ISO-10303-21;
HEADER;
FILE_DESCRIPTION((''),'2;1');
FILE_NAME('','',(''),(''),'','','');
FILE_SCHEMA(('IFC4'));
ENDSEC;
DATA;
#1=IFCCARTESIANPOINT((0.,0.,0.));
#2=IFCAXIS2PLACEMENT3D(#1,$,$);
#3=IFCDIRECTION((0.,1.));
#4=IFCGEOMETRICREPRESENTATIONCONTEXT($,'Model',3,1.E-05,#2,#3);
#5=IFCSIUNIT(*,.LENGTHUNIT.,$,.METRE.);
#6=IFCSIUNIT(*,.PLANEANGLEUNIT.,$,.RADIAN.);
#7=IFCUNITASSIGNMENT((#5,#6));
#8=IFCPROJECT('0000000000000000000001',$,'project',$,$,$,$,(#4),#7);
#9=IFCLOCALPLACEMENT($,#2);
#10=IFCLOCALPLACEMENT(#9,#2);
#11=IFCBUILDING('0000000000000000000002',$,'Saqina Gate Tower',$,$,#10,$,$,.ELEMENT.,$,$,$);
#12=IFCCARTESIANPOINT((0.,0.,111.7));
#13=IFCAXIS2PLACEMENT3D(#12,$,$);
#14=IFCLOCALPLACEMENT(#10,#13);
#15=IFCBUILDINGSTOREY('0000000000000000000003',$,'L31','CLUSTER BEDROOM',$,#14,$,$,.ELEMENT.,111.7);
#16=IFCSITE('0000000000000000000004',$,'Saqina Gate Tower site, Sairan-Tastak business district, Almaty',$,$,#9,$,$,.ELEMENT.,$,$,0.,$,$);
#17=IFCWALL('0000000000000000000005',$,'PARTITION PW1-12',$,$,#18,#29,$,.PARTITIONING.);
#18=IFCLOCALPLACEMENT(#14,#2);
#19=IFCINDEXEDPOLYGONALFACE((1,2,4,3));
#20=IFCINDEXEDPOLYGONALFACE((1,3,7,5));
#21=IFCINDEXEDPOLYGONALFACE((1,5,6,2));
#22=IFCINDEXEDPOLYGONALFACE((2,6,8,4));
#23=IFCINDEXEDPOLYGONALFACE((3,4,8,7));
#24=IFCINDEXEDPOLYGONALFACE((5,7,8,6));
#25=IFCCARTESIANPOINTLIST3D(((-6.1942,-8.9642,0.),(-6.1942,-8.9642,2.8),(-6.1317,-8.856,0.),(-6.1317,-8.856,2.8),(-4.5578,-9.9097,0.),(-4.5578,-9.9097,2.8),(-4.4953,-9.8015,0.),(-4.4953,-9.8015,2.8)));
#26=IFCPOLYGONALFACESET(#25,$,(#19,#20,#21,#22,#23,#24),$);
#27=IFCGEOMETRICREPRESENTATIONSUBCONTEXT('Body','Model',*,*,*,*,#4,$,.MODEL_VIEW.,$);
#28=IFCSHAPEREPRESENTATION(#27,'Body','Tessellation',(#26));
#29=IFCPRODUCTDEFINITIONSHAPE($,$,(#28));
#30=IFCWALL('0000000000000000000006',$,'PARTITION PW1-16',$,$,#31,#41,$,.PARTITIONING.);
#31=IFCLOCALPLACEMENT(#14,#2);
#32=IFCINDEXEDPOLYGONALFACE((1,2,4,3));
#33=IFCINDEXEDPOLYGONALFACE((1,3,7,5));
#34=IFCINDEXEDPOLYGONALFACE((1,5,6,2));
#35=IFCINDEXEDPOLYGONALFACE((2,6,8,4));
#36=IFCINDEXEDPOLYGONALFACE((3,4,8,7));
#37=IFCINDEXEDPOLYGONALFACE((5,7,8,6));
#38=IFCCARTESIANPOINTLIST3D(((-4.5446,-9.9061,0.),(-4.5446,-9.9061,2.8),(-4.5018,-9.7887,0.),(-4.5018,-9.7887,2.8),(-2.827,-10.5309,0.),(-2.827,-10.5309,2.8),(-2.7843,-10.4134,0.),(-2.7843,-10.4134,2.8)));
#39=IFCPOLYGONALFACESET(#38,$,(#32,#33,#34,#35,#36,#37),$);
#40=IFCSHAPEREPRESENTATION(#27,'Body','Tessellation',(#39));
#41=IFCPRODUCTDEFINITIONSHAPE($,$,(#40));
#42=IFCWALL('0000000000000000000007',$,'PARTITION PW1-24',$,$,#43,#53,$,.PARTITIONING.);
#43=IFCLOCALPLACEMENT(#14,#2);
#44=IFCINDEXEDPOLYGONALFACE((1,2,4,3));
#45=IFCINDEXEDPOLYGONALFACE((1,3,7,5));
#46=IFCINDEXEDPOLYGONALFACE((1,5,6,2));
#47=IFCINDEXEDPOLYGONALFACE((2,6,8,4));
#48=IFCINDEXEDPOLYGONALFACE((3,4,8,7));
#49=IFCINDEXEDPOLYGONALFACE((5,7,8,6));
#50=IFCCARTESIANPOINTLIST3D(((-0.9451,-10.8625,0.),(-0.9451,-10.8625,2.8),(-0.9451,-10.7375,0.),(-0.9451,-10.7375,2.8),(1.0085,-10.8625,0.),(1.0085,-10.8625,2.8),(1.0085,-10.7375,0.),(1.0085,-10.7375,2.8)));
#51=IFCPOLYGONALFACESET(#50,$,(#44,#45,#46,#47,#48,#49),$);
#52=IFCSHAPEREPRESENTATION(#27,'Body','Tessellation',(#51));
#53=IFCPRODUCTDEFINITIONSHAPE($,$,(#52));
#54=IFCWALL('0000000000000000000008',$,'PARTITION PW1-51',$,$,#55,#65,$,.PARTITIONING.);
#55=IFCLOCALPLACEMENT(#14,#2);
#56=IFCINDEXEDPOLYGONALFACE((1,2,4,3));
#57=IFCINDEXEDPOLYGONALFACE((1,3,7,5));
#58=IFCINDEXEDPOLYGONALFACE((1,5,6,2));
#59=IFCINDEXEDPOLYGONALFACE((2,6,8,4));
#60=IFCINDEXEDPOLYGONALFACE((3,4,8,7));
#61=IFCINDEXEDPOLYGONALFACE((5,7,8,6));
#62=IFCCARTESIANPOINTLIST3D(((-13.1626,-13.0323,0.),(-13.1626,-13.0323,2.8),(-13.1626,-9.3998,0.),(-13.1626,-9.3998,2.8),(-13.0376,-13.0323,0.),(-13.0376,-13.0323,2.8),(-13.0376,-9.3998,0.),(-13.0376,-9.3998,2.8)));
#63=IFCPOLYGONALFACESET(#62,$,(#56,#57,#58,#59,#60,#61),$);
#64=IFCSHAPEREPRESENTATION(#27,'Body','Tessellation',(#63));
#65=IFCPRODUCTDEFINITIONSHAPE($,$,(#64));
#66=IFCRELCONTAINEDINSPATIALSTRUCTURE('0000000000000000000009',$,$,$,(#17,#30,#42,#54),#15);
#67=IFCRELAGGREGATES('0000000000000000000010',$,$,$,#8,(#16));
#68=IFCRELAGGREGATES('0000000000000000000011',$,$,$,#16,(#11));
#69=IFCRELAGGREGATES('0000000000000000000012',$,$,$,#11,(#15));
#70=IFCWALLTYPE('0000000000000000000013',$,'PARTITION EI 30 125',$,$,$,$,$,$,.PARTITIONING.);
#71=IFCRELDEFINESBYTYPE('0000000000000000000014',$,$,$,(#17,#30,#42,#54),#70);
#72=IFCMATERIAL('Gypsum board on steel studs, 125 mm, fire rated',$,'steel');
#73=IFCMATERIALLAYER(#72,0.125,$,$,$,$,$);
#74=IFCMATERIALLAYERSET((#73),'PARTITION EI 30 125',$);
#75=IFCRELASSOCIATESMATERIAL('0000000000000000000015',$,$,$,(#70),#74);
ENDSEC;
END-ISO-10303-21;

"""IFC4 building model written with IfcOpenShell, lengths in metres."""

from ifc_helpers import new_model, si_unit, direction, frame, frame_2d, origin, place, context, subcontext, project, spatial, rectangle, extrude, material, layer, layer_set, type_object, element, save


model = new_model("IFC4")

# Units and contexts
model_context = context("Model", 3, precision=1e-05, world=origin(), true_north=direction((0.0, 1.0)))
body_context = subcontext(model_context, "Body", "Model", "MODEL_VIEW")
ifc_project = project(units=[si_unit("LENGTHUNIT", "METRE"), si_unit("PLANEANGLEUNIT", "RADIAN")], contexts=[model_context])

# Site, building, storey
site_placement = place(None, origin())
site = spatial("IfcSite", under=ifc_project, at=site_placement, Name="Saqina Gate Tower site, Sairan-Tastak business district, Almaty", CompositionType="ELEMENT", RefElevation=0.0)
building_placement = place(site_placement, origin())
building = spatial("IfcBuilding", under=site, at=building_placement, Name="Saqina Gate Tower", CompositionType="ELEMENT")
storey_placement = place(building_placement, frame((0.0, 0.0, 111.7)))
storey = spatial("IfcBuildingStorey", under=building, at=storey_placement, Name="L31", Description="CLUSTER BEDROOM", CompositionType="ELEMENT", Elevation=111.7)

# Walls
ifc_material_1 = material(Name="Gypsum board on steel studs, 125 mm, fire rated", Category="steel")
ifc_layer_1 = layer(ifc_material_1, 0.125)
ifc_layer_set_1 = layer_set([ifc_layer_1], Name="PARTITION EI 30 125")
wall_type_1 = type_object("IfcWallType", Name="PARTITION EI 30 125", PredefinedType="PARTITIONING", material=ifc_layer_set_1)
wall_1_placement = place(storey_placement, frame((-6.1628, -8.9102, 0.0), z_axis=(0.0, 0.0, 1.0), x_axis=(0.865856, -0.500293, 0.0)))
element("IfcWall", 1, at=wall_1_placement, inside=storey, type_object=wall_type_1, Name="PARTITION PW1-12", PredefinedType="PARTITIONING", context=body_context, shape_type="SweptSolid", body=[
    extrude(rectangle(XDim=1.8899, YDim=0.125, at=frame_2d((0.9448, 0.0))), origin(), (0.0, 0.0, 1.0), 2.8),
])
wall_2_placement = place(storey_placement, frame((-4.5232, -9.8474, 0.0), z_axis=(0.0, 0.0, 1.0), x_axis=(0.939758, -0.34184, 0.0)))
element("IfcWall", 2, at=wall_2_placement, inside=storey, type_object=wall_type_1, Name="PARTITION PW1-16", PredefinedType="PARTITIONING", context=body_context, shape_type="SweptSolid", body=[
    extrude(rectangle(XDim=1.8276, YDim=0.125, at=frame_2d((0.9138, 0.0))), origin(), (0.0, 0.0, 1.0), 2.8),
])
wall_3_placement = place(storey_placement, frame((-0.9451, -10.8, 0.0), z_axis=(0.0, 0.0, 1.0), x_axis=(1.0, 0.0, 0.0)))
element("IfcWall", 3, at=wall_3_placement, inside=storey, type_object=wall_type_1, Name="PARTITION PW1-24", PredefinedType="PARTITIONING", context=body_context, shape_type="SweptSolid", body=[
    extrude(rectangle(XDim=1.9536, YDim=0.125, at=frame_2d((0.9768, 0.0))), origin(), (0.0, 0.0, 1.0), 2.8),
])
wall_4_placement = place(storey_placement, frame((-13.1001, -13.0325, 0.0), z_axis=(0.0, 0.0, 1.0), x_axis=(0.0, 1.0, 0.0)))
element("IfcWall", 4, at=wall_4_placement, inside=storey, type_object=wall_type_1, Name="PARTITION PW1-51", PredefinedType="PARTITIONING", context=body_context, shape_type="SweptSolid", body=[
    extrude(rectangle(XDim=3.6326, YDim=0.125, at=frame_2d((1.8164, 0.0))), origin(), (0.0, 0.0, 1.0), 2.8),
])

save(model, "model.ifc")
